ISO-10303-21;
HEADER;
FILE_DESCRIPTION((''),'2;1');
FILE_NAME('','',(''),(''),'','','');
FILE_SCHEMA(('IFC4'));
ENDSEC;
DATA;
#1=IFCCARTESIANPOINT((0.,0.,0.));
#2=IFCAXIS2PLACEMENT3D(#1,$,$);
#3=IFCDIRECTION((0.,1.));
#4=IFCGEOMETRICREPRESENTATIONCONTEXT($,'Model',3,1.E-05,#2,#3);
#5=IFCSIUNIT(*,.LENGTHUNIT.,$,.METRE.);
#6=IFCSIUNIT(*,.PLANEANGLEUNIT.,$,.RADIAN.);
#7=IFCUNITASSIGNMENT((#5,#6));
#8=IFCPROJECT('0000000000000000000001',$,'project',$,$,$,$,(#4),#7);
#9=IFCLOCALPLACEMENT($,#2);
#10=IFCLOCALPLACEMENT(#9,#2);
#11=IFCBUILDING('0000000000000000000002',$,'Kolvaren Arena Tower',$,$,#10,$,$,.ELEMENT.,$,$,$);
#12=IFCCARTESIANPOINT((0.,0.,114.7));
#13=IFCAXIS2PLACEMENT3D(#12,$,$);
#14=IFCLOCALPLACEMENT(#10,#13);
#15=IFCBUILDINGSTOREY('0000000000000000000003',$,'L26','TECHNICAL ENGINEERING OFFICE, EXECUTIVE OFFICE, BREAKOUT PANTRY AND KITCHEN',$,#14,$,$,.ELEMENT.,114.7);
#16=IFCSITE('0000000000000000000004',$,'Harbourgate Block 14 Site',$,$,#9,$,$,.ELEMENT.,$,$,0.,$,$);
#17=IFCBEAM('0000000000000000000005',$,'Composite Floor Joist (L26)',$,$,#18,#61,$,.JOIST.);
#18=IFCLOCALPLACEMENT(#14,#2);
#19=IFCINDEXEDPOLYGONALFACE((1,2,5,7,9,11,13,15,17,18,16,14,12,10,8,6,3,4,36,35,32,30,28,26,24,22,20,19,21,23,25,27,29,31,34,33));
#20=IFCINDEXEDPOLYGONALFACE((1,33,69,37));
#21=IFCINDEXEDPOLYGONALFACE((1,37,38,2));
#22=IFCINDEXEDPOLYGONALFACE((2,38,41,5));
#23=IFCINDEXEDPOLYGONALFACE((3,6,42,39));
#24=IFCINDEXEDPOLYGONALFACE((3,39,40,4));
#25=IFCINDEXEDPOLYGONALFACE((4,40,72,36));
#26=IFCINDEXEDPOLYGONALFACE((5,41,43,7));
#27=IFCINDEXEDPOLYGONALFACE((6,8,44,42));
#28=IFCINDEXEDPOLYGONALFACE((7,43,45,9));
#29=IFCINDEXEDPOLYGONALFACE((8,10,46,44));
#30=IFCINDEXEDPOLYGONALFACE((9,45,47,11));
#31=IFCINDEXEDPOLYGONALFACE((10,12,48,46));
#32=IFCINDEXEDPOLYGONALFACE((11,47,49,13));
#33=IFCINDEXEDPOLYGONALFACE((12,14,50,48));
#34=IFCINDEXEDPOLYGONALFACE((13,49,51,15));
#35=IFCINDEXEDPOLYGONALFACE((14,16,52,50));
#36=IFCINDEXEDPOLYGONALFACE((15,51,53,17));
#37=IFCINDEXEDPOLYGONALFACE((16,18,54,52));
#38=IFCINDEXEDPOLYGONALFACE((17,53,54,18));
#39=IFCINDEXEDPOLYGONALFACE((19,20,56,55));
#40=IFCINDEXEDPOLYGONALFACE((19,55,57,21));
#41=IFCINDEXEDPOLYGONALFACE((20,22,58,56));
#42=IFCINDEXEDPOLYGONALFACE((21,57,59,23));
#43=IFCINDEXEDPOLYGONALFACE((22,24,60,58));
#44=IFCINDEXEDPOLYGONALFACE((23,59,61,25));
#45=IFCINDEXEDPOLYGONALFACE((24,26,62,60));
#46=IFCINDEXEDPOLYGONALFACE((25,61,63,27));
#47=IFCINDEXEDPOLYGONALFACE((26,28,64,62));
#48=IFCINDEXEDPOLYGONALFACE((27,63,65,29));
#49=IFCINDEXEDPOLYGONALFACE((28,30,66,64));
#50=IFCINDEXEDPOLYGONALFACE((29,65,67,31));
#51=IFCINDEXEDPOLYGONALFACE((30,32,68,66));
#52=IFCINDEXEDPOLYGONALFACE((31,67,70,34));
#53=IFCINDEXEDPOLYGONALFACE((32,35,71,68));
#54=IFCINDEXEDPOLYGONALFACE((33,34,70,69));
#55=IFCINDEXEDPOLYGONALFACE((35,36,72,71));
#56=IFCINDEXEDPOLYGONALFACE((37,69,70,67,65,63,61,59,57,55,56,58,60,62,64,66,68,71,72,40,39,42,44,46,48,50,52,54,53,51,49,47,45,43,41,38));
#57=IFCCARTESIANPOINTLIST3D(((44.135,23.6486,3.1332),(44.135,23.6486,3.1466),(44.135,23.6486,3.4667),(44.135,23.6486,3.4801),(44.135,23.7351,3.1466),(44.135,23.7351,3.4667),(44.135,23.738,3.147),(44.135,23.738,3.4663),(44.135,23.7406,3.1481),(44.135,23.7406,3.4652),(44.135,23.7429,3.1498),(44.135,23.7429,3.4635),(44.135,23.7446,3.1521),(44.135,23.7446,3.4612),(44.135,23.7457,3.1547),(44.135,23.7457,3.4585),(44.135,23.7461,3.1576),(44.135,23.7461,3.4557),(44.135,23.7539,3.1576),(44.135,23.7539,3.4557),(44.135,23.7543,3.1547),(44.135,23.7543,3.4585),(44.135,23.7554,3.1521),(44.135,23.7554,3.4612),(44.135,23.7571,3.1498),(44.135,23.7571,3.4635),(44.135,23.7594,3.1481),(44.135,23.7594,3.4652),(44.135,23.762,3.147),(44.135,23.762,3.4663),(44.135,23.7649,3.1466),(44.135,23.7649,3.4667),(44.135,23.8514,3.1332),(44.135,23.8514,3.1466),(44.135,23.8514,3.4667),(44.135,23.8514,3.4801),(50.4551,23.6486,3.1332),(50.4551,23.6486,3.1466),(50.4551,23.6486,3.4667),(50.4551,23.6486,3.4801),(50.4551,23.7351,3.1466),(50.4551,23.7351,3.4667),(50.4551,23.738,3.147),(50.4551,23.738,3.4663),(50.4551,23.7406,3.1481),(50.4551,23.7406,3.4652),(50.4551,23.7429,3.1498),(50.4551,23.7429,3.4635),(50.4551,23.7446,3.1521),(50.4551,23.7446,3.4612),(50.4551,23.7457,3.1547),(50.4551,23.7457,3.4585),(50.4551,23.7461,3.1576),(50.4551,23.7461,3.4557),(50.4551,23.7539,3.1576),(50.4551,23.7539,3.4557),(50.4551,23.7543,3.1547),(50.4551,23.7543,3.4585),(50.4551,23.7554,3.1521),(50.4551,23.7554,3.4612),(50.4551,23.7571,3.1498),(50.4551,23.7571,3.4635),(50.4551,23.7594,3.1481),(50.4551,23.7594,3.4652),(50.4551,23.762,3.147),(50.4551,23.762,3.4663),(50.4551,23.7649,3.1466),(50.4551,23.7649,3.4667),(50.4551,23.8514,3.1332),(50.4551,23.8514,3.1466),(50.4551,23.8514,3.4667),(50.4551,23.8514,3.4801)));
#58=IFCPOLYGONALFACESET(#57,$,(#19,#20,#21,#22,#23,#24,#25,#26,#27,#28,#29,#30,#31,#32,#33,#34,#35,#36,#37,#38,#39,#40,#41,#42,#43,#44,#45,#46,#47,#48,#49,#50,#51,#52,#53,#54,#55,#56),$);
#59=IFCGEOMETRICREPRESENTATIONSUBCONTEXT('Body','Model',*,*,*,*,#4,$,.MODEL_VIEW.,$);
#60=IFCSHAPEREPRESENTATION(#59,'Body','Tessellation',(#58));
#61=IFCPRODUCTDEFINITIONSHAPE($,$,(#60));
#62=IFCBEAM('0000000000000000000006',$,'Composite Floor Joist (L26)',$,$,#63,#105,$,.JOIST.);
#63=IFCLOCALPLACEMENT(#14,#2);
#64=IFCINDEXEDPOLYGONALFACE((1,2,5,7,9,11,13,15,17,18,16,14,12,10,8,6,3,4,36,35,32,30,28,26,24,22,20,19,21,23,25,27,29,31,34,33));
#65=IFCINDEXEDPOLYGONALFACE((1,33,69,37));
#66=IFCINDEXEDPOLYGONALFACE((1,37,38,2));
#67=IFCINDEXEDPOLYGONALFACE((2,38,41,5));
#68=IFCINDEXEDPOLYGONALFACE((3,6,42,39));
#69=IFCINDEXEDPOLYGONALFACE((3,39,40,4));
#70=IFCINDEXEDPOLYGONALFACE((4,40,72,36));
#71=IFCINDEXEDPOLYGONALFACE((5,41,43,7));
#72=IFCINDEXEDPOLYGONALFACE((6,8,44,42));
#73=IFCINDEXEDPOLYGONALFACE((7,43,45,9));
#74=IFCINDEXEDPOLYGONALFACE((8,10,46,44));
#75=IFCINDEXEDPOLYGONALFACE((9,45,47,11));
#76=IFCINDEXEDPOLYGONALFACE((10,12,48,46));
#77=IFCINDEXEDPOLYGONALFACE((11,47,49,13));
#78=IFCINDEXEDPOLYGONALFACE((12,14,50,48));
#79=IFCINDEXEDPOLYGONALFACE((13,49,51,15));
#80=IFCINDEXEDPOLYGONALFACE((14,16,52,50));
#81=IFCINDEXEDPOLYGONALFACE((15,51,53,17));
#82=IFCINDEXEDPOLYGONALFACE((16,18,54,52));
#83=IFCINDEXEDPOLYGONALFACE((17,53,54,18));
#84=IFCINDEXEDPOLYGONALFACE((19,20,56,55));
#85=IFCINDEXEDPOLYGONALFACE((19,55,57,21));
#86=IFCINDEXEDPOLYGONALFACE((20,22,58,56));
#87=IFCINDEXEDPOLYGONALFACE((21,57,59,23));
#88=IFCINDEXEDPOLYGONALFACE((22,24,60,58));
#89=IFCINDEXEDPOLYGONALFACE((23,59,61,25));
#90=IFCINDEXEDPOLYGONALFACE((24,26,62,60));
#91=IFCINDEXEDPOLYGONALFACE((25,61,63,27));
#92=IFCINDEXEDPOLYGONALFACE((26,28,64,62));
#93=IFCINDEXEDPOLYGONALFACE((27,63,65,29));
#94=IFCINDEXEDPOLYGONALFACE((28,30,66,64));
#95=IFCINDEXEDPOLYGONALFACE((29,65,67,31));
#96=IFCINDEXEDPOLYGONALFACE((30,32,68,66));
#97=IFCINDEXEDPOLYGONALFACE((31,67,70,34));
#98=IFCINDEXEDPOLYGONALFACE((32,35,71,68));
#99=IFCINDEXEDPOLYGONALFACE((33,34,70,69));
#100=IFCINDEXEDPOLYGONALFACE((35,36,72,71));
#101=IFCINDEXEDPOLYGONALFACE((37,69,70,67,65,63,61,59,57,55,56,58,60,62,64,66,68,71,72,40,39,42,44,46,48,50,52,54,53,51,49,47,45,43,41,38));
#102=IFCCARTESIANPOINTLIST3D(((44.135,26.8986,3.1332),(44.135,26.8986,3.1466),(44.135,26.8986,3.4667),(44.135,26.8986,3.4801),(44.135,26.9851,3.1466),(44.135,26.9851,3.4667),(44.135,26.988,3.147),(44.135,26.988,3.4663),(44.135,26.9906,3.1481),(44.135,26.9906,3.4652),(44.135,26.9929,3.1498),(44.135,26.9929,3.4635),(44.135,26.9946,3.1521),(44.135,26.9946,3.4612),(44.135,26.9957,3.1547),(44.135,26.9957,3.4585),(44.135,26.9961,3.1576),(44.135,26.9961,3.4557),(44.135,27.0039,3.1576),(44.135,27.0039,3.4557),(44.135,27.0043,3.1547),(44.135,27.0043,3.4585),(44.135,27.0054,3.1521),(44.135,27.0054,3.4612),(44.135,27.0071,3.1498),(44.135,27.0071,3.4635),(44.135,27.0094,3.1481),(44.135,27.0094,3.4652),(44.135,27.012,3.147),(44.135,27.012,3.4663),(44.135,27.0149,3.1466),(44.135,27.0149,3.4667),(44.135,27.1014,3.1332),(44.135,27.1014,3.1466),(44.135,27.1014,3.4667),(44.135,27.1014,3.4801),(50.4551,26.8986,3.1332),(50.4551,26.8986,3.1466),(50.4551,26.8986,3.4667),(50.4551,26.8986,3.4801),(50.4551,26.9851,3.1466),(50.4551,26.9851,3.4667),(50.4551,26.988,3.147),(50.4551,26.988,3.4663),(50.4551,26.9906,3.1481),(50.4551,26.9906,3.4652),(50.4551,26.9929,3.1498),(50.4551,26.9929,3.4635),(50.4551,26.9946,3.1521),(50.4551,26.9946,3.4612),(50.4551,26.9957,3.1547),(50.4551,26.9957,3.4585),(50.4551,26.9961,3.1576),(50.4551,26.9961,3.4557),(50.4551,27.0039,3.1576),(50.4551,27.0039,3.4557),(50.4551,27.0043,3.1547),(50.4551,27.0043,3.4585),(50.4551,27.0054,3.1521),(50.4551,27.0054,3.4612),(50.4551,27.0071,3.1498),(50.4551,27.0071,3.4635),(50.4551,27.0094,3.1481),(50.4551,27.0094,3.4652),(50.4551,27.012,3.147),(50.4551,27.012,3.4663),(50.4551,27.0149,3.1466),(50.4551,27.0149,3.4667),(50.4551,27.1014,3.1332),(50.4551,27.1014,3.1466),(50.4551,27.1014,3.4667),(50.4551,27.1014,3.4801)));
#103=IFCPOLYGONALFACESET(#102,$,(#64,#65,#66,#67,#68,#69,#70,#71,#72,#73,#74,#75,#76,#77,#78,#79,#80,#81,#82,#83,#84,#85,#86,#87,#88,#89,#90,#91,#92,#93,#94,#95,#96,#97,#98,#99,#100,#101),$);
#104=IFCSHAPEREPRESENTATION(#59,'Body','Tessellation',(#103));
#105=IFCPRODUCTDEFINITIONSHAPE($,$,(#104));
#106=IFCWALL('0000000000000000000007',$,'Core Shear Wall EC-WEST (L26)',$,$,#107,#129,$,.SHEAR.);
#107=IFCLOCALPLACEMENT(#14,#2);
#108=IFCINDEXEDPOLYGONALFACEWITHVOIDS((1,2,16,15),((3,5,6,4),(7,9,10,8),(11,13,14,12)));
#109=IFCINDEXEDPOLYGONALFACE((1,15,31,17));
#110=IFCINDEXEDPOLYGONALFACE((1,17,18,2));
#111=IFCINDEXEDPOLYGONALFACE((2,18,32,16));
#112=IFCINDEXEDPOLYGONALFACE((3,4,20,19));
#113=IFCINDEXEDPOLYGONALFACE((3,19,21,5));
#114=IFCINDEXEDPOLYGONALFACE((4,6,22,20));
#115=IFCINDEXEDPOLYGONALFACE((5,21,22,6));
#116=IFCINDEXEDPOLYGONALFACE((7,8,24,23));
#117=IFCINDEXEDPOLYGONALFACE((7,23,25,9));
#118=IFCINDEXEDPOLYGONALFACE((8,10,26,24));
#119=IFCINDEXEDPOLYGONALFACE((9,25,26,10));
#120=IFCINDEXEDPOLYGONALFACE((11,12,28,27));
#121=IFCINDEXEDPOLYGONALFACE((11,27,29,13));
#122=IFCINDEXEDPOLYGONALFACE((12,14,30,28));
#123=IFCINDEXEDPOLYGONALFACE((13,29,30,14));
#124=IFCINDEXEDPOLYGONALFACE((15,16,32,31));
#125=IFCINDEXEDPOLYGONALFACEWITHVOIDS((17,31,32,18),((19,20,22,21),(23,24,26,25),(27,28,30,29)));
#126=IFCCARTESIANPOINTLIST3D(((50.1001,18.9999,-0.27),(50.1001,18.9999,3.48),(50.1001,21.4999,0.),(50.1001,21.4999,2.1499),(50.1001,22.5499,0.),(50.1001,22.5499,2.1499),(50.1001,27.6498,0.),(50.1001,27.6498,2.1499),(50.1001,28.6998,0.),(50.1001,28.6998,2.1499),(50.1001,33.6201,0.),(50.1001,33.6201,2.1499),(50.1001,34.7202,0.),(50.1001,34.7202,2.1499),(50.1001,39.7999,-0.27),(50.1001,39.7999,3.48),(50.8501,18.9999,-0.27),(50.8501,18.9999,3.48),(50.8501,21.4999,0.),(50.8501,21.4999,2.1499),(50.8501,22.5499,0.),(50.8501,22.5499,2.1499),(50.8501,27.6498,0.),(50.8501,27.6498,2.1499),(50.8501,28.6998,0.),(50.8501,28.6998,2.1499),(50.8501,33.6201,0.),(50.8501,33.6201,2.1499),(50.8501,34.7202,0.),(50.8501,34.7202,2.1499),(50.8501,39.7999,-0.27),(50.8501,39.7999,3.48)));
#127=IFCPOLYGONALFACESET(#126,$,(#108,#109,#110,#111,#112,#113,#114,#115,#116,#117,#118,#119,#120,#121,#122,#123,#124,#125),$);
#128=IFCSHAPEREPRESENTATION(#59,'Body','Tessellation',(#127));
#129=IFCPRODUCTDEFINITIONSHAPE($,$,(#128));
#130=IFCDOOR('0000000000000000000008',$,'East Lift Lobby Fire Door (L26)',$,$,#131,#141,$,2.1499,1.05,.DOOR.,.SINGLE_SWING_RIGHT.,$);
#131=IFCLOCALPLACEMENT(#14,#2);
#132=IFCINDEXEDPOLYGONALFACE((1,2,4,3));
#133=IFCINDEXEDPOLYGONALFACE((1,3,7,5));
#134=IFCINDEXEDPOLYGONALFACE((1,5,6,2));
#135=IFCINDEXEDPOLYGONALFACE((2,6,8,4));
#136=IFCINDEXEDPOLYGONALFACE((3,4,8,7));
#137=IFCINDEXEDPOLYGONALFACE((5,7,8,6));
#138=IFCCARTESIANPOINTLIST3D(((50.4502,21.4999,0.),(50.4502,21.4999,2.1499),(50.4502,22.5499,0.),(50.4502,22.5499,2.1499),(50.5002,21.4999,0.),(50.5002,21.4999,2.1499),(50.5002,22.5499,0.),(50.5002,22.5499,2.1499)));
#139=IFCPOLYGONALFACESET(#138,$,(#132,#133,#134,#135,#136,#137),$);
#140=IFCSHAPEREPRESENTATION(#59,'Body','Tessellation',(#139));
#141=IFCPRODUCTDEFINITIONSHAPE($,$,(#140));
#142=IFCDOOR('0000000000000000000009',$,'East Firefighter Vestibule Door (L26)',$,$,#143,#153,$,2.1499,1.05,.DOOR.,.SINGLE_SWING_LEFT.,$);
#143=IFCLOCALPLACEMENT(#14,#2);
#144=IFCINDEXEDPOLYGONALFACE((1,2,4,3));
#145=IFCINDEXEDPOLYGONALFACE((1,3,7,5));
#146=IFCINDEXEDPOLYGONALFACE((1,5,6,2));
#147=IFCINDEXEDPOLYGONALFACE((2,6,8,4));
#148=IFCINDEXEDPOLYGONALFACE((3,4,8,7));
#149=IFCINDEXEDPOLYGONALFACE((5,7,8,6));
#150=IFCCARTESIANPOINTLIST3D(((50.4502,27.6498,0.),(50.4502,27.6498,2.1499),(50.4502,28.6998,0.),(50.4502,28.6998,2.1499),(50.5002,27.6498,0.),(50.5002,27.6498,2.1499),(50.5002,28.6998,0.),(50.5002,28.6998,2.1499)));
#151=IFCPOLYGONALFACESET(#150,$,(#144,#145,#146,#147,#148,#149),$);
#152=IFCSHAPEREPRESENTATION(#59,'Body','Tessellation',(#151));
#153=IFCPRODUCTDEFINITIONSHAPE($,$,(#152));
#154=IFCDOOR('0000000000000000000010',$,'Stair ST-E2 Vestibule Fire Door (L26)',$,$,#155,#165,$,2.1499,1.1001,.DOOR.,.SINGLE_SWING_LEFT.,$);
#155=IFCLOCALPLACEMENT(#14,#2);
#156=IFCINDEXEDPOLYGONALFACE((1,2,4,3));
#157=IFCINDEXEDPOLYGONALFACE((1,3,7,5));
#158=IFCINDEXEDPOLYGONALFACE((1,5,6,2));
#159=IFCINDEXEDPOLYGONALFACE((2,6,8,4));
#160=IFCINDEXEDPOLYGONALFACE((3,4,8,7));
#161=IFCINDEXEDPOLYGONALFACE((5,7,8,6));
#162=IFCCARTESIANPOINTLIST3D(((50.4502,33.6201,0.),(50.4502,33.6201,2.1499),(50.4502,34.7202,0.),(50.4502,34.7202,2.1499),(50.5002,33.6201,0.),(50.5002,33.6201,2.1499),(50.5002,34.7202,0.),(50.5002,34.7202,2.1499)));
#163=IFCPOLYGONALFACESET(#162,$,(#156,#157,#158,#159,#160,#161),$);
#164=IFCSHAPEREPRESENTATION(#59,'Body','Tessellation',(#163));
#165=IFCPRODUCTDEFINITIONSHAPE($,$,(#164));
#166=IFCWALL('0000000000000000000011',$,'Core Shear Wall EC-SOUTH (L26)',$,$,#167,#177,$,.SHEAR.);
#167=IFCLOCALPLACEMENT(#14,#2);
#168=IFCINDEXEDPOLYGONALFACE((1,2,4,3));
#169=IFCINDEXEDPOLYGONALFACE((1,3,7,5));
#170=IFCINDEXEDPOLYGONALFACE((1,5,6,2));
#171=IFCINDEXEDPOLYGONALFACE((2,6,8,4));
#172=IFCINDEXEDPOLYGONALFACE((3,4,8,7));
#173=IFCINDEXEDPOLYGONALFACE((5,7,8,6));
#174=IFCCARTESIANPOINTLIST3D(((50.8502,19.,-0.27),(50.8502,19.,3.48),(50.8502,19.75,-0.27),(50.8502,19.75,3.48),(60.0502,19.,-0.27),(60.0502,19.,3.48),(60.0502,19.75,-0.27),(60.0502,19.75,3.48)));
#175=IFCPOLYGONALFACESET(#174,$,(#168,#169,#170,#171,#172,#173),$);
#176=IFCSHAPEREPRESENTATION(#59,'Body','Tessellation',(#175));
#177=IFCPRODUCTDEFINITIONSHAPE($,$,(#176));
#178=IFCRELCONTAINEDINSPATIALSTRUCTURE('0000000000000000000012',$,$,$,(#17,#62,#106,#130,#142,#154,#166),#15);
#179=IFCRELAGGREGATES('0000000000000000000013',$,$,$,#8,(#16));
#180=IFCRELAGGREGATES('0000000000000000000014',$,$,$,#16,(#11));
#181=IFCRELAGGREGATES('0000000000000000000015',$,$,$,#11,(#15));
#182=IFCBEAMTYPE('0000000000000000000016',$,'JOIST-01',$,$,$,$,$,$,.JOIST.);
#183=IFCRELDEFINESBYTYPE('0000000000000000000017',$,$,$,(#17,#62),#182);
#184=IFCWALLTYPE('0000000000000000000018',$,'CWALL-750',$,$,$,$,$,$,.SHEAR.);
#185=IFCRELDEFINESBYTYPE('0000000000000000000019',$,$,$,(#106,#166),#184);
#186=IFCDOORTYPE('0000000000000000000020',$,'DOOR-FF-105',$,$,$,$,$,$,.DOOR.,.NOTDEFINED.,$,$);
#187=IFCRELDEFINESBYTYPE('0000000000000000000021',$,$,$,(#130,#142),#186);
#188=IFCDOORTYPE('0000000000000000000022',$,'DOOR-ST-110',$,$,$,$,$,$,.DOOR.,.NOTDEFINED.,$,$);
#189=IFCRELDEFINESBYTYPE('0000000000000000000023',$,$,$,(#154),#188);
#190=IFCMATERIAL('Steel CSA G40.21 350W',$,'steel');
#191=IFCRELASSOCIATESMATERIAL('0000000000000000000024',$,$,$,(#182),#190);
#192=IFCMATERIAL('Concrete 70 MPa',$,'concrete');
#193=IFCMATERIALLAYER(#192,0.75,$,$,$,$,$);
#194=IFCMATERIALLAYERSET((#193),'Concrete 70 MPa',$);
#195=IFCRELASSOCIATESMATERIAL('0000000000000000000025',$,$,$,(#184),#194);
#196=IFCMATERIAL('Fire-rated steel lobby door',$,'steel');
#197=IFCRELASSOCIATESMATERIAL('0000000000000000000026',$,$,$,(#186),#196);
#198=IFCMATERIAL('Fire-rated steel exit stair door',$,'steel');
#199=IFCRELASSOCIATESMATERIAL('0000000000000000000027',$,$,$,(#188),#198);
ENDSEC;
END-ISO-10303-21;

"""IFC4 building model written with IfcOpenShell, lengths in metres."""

from ifc_helpers import new_model, si_unit, direction, frame, frame_2d, origin, origin_2d, place, context, subcontext, project, spatial, rectangle, i_section, extrude, material, layer, layer_set, material_profile, profile_set, type_object, element, fill, save


model = new_model("IFC4")

# Units and contexts
model_context = context("Model", 3, precision=1e-05, world=origin(), true_north=direction((0.0, 1.0)))
body_context = subcontext(model_context, "Body", "Model", "MODEL_VIEW")
ifc_project = project(units=[si_unit("LENGTHUNIT", "METRE"), si_unit("PLANEANGLEUNIT", "RADIAN")], contexts=[model_context])

# Site, building, storey
site_placement = place(None, origin())
site = spatial("IfcSite", under=ifc_project, at=site_placement, Name="Harbourgate Block 14 Site", CompositionType="ELEMENT", RefElevation=0.0)
building_placement = place(site_placement, origin())
building = spatial("IfcBuilding", under=site, at=building_placement, Name="Kolvaren Arena Tower", CompositionType="ELEMENT")
storey_placement = place(building_placement, frame((0.0, 0.0, 114.7)))
storey = spatial("IfcBuildingStorey", under=building, at=storey_placement, Name="L26", Description="TECHNICAL ENGINEERING OFFICE, EXECUTIVE OFFICE, BREAKOUT PANTRY AND KITCHEN", CompositionType="ELEMENT", Elevation=114.7)

# Beams
ifc_material_1 = material(Name="Steel CSA G40.21 350W", Category="steel")
ifc_material_profile_1 = material_profile(ifc_material_1, i_section(OverallWidth=0.2029, OverallDepth=0.3469, WebThickness=0.0078, FlangeThickness=0.0134, FilletRadius=0.011, at=origin_2d()), Name="W360x64")
ifc_profile_set_1 = profile_set([ifc_material_profile_1], Name="Steel CSA G40.21 350W")
beam_type_1 = type_object("IfcBeamType", Name="JOIST-01", PredefinedType="JOIST", material=ifc_profile_set_1)
for number, where, z_axis, x_axis, name in (
    (1, (44.135, 23.75, 3.3066), (1.0, 0.0, 0.0), (0.0, 1.0, 0.0), "Composite Floor Joist (L26)"),
    (2, (44.135, 27.0, 3.3066), (1.0, 0.0, 0.0), (0.0, 1.0, 0.0), "Composite Floor Joist (L26)"),
):
    element("IfcBeam", number, at=place(storey_placement, frame(where, z_axis=z_axis, x_axis=x_axis)), inside=storey, type_object=beam_type_1, Name=name, PredefinedType="JOIST", context=body_context, shape_type="SweptSolid", body=[
        extrude(i_section(OverallWidth=0.2029, OverallDepth=0.3469, WebThickness=0.0078, FlangeThickness=0.0134, FilletRadius=0.011, at=origin_2d()), origin(), (0.0, 0.0, 1.0), 6.3201),
    ])

# Wall, openings, doors
ifc_material_2 = material(Name="Concrete 70 MPa", Category="concrete")
ifc_layer_1 = layer(ifc_material_2, 0.75)
ifc_layer_set_1 = layer_set([ifc_layer_1], Name="Concrete 70 MPa")
wall_type_1 = type_object("IfcWallType", Name="CWALL-750", PredefinedType="SHEAR", material=ifc_layer_set_1)
wall_1_placement = place(storey_placement, frame((50.4751, 19.0, -0.27), z_axis=(0.0, 0.0, 1.0), x_axis=(0.0, 1.0, 0.0)))
wall_1 = element("IfcWall", 3, at=wall_1_placement, inside=storey, type_object=wall_type_1, Name="Core Shear Wall EC-WEST (L26)", PredefinedType="SHEAR", context=body_context, shape_type="SweptSolid", body=[
    extrude(rectangle(XDim=20.8, YDim=0.75, at=frame_2d((10.3999, 0.0))), origin(), (0.0, 0.0, 1.0), 3.75),
])
opening_1_placement = place(wall_1_placement, frame((2.5, 0.0, 0.27)))
opening_1 = element("IfcOpeningElement", 4, at=opening_1_placement, cuts=wall_1, PredefinedType="OPENING", context=body_context, shape_type="SweptSolid", body=[
    extrude(rectangle(XDim=1.05, YDim=2.1499, at=frame_2d((0.5249, 1.075))), frame((0.0, 0.385, 0.0), z_axis=(0.0, -1.0, 0.0), x_axis=(1.0, 0.0, 0.0)), (0.0, 0.0, 1.0), 0.77),
])
opening_2_placement = place(wall_1_placement, frame((8.6499, 0.0, 0.27)))
opening_2 = element("IfcOpeningElement", 5, at=opening_2_placement, cuts=wall_1, PredefinedType="OPENING", context=body_context, shape_type="SweptSolid", body=[
    extrude(rectangle(XDim=1.05, YDim=2.1499, at=frame_2d((0.5249, 1.075))), frame((0.0, 0.385, 0.0), z_axis=(0.0, -1.0, 0.0), x_axis=(1.0, 0.0, 0.0)), (0.0, 0.0, 1.0), 0.77),
])
opening_3_placement = place(wall_1_placement, frame((14.6201, 0.0, 0.27)))
opening_3 = element("IfcOpeningElement", 6, at=opening_3_placement, cuts=wall_1, PredefinedType="OPENING", context=body_context, shape_type="SweptSolid", body=[
    extrude(rectangle(XDim=1.1001, YDim=2.1499, at=frame_2d((0.55, 1.075))), frame((0.0, 0.385, 0.0), z_axis=(0.0, -1.0, 0.0), x_axis=(1.0, 0.0, 0.0)), (0.0, 0.0, 1.0), 0.77),
])
ifc_material_3 = material(Name="Fire-rated steel lobby door", Category="steel")
door_type_1 = type_object("IfcDoorType", Name="DOOR-FF-105", OperationType="NOTDEFINED", PredefinedType="DOOR", material=ifc_material_3)
door_1_placement = place(opening_1_placement, origin())
door_1 = element("IfcDoor", 7, at=door_1_placement, inside=storey, type_object=door_type_1, Name="East Lift Lobby Fire Door (L26)", OperationType="SINGLE_SWING_RIGHT", OverallHeight=2.1499, OverallWidth=1.05, PredefinedType="DOOR", context=body_context, shape_type="SweptSolid", body=[
    extrude(rectangle(XDim=1.05, YDim=2.1499, at=frame_2d((0.5249, 1.075))), frame((0.0, 0.0249, 0.0), z_axis=(0.0, -1.0, 0.0), x_axis=(1.0, 0.0, 0.0)), (0.0, 0.0, 1.0), 0.05),
])
fill(opening_1, door_1)
door_2_placement = place(opening_2_placement, origin())
door_2 = element("IfcDoor", 8, at=door_2_placement, inside=storey, type_object=door_type_1, Name="East Firefighter Vestibule Door (L26)", OperationType="SINGLE_SWING_LEFT", OverallHeight=2.1499, OverallWidth=1.05, PredefinedType="DOOR", context=body_context, shape_type="SweptSolid", body=[
    extrude(rectangle(XDim=1.05, YDim=2.1499, at=frame_2d((0.5249, 1.075))), frame((0.0, 0.0249, 0.0), z_axis=(0.0, -1.0, 0.0), x_axis=(1.0, 0.0, 0.0)), (0.0, 0.0, 1.0), 0.05),
])
fill(opening_2, door_2)
ifc_material_4 = material(Name="Fire-rated steel exit stair door", Category="steel")
door_type_2 = type_object("IfcDoorType", Name="DOOR-ST-110", OperationType="NOTDEFINED", PredefinedType="DOOR", material=ifc_material_4)
door_3_placement = place(opening_3_placement, origin())
door_3 = element("IfcDoor", 9, at=door_3_placement, inside=storey, type_object=door_type_2, Name="Stair ST-E2 Vestibule Fire Door (L26)", OperationType="SINGLE_SWING_LEFT", OverallHeight=2.1499, OverallWidth=1.1001, PredefinedType="DOOR", context=body_context, shape_type="SweptSolid", body=[
    extrude(rectangle(XDim=1.1001, YDim=2.1499, at=frame_2d((0.55, 1.075))), frame((0.0, 0.0249, 0.0), z_axis=(0.0, -1.0, 0.0), x_axis=(1.0, 0.0, 0.0)), (0.0, 0.0, 1.0), 0.05),
])
fill(opening_3, door_3)

# Wall
wall_2_placement = place(storey_placement, frame((50.8501, 19.375, -0.27), z_axis=(0.0, 0.0, 1.0), x_axis=(1.0, 0.0, 0.0)))
element("IfcWall", 10, at=wall_2_placement, inside=storey, type_object=wall_type_1, Name="Core Shear Wall EC-SOUTH (L26)", PredefinedType="SHEAR", context=body_context, shape_type="SweptSolid", body=[
    extrude(rectangle(XDim=9.2, YDim=0.75, at=frame_2d((4.6001, 0.0))), origin(), (0.0, 0.0, 1.0), 3.75),
])

save(model, "model.ifc")
